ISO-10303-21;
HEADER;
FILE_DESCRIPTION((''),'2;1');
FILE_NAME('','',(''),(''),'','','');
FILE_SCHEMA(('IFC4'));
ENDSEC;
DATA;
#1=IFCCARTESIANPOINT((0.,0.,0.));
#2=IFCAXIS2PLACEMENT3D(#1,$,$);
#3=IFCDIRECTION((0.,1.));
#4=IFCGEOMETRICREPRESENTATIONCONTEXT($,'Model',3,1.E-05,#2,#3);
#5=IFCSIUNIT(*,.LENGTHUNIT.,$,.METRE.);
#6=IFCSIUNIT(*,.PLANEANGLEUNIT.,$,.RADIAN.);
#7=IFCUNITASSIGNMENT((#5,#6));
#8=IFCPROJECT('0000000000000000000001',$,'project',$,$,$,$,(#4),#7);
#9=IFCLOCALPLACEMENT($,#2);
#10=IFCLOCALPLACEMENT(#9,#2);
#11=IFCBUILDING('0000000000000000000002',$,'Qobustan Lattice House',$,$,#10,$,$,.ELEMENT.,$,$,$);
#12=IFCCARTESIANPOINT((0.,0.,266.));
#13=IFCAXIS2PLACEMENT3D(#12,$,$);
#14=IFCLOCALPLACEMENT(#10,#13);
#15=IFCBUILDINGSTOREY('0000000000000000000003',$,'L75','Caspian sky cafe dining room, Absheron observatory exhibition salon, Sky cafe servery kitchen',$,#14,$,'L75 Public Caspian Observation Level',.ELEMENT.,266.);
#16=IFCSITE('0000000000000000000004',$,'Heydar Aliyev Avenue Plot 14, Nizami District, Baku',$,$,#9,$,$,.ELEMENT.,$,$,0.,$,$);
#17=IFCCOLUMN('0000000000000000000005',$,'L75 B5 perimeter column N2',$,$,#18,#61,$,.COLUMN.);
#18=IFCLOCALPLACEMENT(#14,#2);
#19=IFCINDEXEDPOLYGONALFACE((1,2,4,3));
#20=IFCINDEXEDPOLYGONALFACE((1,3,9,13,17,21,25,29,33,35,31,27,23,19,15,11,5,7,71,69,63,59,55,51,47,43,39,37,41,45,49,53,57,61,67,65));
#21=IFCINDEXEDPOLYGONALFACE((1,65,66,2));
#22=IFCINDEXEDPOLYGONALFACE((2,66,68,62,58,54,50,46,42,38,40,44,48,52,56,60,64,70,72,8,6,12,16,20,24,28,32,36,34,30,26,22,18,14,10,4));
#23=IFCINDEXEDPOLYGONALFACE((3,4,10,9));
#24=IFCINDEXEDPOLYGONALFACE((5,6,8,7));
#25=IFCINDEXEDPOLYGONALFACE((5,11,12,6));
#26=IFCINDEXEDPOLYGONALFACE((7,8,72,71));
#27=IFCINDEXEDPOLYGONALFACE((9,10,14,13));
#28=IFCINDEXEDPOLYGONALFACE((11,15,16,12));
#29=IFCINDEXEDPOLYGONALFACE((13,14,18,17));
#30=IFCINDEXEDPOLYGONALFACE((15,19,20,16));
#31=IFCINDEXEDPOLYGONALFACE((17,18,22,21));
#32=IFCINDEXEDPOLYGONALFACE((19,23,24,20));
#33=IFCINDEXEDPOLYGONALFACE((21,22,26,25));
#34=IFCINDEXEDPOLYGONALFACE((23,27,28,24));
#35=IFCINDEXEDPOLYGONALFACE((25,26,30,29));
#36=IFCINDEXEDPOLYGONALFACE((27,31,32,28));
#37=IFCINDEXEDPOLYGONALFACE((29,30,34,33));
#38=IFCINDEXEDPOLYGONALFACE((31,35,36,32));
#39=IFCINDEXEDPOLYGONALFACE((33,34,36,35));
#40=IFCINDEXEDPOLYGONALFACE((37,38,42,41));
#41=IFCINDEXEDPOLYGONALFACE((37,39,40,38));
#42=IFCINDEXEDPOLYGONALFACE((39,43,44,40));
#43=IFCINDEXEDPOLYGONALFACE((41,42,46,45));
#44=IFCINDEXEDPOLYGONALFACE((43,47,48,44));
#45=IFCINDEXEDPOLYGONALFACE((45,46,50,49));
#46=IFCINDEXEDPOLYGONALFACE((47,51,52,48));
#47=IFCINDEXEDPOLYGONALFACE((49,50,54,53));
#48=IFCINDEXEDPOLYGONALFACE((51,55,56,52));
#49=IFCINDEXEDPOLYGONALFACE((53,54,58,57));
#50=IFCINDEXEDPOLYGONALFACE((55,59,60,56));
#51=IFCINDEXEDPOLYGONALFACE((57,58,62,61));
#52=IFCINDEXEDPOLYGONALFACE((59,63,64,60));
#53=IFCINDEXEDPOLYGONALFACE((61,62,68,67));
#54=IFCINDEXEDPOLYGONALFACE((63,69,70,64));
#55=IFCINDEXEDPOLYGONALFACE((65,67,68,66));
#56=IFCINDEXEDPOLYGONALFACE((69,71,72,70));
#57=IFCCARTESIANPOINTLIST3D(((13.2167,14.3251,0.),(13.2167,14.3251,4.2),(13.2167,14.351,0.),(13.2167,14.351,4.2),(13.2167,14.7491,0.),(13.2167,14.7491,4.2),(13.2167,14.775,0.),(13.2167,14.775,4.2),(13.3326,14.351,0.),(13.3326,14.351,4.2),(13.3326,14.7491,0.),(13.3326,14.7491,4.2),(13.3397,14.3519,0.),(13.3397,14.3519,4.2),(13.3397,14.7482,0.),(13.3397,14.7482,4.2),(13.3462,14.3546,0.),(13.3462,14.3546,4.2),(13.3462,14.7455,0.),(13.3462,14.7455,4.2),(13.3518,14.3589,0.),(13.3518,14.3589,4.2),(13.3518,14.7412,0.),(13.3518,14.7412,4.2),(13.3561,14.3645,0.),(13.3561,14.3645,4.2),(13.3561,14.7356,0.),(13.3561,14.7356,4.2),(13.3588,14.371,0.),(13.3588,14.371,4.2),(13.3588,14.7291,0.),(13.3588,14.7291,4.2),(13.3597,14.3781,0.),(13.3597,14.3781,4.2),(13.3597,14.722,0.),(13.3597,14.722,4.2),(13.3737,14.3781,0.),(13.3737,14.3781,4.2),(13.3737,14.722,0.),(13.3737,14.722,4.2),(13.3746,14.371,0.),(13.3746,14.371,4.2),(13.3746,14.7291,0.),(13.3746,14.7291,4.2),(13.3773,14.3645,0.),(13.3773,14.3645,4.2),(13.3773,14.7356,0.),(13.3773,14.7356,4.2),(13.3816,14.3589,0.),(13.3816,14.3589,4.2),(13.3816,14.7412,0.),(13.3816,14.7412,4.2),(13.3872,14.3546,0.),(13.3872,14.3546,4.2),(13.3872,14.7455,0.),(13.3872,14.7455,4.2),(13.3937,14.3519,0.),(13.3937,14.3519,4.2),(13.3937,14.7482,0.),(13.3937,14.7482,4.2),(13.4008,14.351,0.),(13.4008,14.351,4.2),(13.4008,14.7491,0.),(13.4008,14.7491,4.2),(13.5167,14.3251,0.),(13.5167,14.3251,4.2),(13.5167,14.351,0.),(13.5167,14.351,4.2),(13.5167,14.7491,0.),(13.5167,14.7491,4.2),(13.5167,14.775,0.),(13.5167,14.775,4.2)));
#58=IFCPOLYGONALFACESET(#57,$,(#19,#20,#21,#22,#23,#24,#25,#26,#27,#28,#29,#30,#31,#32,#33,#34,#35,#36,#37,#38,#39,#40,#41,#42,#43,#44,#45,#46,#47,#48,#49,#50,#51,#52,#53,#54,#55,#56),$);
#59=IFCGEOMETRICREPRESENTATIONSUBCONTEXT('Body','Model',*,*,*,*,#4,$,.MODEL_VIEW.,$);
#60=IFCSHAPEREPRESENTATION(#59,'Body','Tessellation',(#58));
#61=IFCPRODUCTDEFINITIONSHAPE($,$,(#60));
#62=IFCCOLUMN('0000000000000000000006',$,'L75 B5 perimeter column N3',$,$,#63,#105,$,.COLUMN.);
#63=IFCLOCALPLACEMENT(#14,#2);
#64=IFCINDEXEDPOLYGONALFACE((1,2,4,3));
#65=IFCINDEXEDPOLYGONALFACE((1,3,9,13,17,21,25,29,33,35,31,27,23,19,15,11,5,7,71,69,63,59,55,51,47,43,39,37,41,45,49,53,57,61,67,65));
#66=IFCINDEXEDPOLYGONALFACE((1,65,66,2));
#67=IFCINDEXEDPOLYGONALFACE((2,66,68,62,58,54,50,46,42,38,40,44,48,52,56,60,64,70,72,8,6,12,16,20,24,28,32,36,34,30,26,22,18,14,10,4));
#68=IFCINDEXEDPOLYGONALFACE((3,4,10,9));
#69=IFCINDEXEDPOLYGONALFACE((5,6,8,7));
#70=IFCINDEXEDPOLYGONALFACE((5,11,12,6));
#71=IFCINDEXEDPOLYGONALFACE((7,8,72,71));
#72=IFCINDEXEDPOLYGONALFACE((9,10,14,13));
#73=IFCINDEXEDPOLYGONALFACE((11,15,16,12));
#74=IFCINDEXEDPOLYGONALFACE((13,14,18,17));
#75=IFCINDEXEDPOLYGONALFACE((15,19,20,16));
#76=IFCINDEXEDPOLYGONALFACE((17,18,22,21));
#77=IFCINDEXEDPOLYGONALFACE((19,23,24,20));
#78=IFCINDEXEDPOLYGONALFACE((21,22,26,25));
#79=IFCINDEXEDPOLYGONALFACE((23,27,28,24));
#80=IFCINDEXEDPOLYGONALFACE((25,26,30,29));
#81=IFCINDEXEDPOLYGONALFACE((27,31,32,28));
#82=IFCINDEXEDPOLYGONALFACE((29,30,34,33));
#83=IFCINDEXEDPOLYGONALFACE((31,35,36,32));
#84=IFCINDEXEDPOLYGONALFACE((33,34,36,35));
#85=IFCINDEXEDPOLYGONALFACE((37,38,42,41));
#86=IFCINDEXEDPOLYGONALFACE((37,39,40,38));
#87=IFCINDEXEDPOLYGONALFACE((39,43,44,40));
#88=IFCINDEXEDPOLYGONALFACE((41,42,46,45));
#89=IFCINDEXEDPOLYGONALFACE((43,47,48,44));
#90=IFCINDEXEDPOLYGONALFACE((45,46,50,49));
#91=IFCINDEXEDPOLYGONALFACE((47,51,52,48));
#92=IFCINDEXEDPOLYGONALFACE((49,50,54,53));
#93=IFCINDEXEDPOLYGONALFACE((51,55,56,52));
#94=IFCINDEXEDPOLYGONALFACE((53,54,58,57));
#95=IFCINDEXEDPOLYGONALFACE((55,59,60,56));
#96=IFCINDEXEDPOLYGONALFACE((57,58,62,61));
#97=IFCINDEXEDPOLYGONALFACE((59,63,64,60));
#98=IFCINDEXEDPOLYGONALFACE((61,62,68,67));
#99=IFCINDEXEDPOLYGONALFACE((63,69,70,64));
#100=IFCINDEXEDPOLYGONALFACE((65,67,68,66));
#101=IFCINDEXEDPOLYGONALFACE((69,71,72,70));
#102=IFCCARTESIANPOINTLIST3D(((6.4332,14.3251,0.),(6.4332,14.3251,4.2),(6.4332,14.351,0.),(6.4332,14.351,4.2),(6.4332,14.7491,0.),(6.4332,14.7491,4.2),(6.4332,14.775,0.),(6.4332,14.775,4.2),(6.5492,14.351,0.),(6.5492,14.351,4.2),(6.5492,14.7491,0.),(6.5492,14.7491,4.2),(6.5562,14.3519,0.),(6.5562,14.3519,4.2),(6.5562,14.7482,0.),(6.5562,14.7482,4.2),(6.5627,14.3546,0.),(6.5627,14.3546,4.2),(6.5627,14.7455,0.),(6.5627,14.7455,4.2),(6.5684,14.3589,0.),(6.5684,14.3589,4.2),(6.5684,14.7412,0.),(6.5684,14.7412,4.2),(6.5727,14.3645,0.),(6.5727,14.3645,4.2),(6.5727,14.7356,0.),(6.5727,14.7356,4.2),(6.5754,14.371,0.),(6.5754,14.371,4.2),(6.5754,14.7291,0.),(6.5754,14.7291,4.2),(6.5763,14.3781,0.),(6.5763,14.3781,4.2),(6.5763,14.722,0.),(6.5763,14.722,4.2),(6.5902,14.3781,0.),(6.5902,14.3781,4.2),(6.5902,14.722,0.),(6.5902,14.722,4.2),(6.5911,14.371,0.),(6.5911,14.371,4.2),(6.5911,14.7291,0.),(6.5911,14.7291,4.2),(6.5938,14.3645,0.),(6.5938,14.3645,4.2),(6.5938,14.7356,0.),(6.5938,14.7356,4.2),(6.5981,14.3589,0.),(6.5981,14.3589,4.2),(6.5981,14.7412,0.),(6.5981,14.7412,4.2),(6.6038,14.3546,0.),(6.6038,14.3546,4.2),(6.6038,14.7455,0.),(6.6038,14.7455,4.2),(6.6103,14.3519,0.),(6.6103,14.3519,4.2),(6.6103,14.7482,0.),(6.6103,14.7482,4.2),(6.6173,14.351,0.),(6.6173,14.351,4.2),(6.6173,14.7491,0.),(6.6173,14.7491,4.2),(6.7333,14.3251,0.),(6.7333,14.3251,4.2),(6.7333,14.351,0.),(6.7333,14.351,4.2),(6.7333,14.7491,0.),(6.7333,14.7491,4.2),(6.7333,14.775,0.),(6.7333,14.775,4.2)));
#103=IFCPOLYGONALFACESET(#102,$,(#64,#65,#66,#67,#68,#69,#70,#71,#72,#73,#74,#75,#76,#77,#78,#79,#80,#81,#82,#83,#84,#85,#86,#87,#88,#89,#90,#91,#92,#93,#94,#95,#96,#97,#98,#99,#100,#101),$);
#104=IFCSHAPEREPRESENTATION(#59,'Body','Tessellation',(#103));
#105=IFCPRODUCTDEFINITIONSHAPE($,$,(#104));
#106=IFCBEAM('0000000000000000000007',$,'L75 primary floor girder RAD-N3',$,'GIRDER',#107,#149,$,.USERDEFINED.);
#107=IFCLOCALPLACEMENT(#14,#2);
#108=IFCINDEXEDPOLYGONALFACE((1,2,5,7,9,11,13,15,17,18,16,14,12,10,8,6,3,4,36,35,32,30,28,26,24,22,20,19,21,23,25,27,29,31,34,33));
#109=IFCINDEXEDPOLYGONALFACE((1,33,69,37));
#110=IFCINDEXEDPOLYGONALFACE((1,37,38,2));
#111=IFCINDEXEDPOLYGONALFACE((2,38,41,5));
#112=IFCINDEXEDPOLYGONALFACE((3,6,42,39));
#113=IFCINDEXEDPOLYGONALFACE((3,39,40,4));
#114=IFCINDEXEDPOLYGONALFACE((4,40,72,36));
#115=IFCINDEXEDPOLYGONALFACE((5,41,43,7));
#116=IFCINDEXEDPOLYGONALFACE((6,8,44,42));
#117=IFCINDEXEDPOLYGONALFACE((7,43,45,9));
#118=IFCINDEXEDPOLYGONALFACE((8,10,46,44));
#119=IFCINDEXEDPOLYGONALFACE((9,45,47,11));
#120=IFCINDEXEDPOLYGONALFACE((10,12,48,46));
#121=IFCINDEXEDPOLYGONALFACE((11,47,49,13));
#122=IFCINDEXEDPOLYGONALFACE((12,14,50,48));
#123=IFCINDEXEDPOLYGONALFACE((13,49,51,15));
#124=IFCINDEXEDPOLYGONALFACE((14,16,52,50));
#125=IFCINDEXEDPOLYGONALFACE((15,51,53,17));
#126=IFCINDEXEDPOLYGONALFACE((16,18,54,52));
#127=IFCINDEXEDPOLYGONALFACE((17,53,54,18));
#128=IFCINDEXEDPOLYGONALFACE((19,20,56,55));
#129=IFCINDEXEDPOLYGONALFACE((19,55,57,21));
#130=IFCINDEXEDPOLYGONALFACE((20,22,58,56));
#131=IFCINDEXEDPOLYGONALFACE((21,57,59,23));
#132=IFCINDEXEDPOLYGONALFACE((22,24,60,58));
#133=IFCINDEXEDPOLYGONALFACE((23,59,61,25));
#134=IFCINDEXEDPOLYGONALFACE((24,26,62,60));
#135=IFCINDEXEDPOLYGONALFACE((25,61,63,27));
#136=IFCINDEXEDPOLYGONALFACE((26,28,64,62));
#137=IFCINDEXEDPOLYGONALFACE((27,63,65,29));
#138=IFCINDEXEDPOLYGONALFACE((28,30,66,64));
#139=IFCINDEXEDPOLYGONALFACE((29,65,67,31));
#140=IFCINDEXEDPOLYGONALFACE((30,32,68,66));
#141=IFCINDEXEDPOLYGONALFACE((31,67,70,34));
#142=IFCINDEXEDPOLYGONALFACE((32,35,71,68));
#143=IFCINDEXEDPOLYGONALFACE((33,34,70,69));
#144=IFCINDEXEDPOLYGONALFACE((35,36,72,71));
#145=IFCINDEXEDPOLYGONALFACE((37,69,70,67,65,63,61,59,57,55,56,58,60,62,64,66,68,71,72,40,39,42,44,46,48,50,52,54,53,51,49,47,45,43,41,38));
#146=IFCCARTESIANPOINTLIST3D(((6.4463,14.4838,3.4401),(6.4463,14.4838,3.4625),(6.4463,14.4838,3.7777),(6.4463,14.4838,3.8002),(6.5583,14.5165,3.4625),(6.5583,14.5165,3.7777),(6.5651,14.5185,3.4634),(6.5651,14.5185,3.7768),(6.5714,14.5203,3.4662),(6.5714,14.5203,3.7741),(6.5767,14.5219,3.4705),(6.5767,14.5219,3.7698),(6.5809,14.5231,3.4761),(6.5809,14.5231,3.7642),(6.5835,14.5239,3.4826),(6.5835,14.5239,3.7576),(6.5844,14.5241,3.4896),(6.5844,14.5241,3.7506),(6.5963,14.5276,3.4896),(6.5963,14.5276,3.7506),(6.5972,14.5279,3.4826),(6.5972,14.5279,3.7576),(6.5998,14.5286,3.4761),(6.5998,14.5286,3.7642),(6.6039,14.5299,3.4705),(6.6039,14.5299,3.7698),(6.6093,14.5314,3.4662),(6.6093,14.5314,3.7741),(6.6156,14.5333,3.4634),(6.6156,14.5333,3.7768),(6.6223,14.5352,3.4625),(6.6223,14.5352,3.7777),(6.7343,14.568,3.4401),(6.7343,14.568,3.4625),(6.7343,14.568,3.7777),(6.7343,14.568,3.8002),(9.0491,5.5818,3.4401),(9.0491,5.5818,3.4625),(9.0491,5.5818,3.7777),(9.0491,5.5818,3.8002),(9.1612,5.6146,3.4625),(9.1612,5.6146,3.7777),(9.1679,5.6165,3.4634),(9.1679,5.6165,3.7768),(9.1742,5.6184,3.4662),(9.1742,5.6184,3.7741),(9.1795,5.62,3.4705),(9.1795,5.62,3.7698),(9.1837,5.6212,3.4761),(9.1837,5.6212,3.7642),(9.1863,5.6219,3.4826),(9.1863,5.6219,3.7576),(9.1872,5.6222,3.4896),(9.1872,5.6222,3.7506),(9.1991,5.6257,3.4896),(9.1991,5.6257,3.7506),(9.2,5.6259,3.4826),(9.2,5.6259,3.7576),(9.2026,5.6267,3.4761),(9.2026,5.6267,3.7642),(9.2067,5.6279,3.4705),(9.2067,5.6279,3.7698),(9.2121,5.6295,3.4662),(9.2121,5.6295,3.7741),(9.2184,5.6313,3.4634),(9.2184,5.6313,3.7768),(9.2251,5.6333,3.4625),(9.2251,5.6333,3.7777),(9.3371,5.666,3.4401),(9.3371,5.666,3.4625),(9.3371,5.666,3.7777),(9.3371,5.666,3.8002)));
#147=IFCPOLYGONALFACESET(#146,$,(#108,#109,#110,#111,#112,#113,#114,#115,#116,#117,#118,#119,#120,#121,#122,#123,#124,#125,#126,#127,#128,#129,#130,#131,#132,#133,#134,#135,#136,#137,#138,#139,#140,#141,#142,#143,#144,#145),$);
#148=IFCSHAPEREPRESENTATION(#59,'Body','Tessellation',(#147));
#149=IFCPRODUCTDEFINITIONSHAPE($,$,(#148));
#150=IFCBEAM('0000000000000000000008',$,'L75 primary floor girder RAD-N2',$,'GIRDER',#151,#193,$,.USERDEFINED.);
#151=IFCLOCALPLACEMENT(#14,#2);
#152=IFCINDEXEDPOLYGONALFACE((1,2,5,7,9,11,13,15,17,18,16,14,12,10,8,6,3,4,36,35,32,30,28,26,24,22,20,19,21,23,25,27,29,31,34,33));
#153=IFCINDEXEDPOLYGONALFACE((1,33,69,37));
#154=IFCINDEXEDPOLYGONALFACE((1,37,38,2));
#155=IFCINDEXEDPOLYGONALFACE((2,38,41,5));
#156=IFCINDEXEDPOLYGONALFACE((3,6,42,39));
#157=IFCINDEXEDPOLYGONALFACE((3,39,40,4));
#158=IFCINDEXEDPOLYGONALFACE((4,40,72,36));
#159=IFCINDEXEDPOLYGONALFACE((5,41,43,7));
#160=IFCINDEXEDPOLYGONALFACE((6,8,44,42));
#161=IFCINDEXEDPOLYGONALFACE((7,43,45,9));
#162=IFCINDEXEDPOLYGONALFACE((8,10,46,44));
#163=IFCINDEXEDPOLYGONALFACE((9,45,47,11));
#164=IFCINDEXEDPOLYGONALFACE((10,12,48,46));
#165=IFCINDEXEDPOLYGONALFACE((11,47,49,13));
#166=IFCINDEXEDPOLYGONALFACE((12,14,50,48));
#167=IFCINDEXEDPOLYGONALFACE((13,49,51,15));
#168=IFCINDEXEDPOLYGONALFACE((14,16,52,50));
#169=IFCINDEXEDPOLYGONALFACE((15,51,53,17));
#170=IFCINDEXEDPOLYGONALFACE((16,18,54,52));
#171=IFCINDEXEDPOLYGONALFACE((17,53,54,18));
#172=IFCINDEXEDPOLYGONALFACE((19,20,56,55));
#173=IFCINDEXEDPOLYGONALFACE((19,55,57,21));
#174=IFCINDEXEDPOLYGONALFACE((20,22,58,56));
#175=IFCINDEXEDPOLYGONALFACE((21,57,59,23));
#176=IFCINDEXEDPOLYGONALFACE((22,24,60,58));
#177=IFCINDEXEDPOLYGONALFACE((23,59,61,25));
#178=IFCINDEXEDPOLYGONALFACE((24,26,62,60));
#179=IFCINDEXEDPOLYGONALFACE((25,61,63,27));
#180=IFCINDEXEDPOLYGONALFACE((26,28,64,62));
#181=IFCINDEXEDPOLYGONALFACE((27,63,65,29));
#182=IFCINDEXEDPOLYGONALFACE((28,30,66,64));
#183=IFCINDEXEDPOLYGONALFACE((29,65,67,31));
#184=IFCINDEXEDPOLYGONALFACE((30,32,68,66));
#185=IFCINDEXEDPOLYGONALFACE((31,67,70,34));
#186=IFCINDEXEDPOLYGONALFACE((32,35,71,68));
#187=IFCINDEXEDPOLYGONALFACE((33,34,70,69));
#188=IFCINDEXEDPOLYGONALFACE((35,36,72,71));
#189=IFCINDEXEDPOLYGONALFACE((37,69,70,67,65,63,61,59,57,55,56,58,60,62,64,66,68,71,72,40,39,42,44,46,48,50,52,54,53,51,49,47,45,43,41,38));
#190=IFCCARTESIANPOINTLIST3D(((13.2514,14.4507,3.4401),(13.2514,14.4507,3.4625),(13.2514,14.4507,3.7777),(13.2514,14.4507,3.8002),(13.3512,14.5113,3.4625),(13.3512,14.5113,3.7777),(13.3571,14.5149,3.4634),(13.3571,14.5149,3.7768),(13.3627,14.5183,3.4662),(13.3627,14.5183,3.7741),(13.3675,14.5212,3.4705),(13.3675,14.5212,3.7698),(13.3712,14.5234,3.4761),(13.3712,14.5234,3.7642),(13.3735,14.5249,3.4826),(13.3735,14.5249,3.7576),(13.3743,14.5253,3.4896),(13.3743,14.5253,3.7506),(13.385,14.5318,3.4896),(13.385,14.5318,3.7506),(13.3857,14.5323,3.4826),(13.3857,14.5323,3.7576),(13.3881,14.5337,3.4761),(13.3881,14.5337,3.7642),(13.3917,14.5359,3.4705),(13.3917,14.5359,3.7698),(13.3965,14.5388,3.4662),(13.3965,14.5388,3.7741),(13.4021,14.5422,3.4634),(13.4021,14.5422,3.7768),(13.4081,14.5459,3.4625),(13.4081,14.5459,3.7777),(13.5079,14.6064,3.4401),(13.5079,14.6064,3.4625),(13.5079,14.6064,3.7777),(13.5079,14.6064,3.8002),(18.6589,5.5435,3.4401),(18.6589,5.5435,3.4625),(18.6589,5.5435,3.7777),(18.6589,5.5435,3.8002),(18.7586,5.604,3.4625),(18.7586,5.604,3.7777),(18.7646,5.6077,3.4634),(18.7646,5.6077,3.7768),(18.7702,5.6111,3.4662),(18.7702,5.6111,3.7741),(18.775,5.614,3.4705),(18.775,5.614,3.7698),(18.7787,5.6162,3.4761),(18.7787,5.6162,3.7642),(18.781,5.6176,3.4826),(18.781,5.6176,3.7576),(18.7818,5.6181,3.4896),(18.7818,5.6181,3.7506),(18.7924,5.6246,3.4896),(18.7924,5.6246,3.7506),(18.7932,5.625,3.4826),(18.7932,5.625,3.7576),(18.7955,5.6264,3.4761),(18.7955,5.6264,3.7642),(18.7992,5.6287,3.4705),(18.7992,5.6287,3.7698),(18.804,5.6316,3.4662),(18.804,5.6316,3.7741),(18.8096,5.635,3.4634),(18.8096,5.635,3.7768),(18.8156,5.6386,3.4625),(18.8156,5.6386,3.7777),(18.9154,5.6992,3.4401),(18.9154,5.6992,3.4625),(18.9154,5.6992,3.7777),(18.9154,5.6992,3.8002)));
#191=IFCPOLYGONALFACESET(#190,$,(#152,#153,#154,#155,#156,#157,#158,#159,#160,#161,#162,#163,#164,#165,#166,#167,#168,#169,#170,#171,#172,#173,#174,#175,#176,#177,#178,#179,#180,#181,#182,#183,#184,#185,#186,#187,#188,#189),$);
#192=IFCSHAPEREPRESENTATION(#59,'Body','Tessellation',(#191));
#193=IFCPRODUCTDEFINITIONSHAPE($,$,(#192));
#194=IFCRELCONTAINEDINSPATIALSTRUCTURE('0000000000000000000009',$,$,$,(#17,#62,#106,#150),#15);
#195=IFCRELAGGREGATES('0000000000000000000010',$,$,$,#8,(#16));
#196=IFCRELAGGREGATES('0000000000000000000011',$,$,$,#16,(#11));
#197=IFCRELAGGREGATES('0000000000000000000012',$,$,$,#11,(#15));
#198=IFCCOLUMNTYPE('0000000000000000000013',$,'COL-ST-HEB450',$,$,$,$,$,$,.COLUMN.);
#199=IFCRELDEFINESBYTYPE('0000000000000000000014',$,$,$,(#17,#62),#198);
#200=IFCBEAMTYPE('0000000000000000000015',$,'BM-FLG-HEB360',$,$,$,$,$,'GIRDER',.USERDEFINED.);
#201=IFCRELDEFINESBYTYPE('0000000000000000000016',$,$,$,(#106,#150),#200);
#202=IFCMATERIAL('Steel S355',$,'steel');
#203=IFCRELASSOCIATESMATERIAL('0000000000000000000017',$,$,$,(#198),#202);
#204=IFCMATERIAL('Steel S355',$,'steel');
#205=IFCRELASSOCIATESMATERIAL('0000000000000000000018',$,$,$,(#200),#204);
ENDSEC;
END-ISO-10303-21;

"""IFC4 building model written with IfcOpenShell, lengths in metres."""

from ifc_helpers import new_model, si_unit, direction, frame, origin, origin_2d, place, context, subcontext, project, spatial, i_section, extrude, material, material_profile, profile_set, type_object, element, save


model = new_model("IFC4")

# Units and contexts
model_context = context("Model", 3, precision=1e-05, world=origin(), true_north=direction((0.0, 1.0)))
body_context = subcontext(model_context, "Body", "Model", "MODEL_VIEW")
ifc_project = project(units=[si_unit("LENGTHUNIT", "METRE"), si_unit("PLANEANGLEUNIT", "RADIAN")], contexts=[model_context])

# Site, building, storey
site_placement = place(None, origin())
site = spatial("IfcSite", under=ifc_project, at=site_placement, Name="Heydar Aliyev Avenue Plot 14, Nizami District, Baku", CompositionType="ELEMENT", RefElevation=0.0)
building_placement = place(site_placement, origin())
building = spatial("IfcBuilding", under=site, at=building_placement, Name="Qobustan Lattice House", CompositionType="ELEMENT")
storey_placement = place(building_placement, frame((0.0, 0.0, 266.0)))
storey = spatial("IfcBuildingStorey", under=building, at=storey_placement, Name="L75", Description="Caspian sky cafe dining room, Absheron observatory exhibition salon, Sky cafe servery kitchen", LongName="L75 Public Caspian Observation Level", CompositionType="ELEMENT", Elevation=266.0)

# Columns
ifc_material_1 = material(Name="Steel S355", Category="steel")
ifc_material_profile_1 = material_profile(ifc_material_1, i_section(OverallWidth=0.3, OverallDepth=0.45, WebThickness=0.0139, FlangeThickness=0.0259, FilletRadius=0.0271, at=origin_2d()), Name="HEB450")
ifc_profile_set_1 = profile_set([ifc_material_profile_1], Name="Steel S355")
column_type = type_object("IfcColumnType", Name="COL-ST-HEB450", PredefinedType="COLUMN", material=ifc_profile_set_1)
for number, where, z_axis, x_axis, name in (
    (1, (13.3667, 14.55, 0.0), (0.0, 0.0, 1.0), (1.0, 0.0, 0.0), "L75 B5 perimeter column N2"),
    (2, (6.5833, 14.55, 0.0), (0.0, 0.0, 1.0), (1.0, 0.0, 0.0), "L75 B5 perimeter column N3"),
):
    element("IfcColumn", number, at=place(storey_placement, frame(where, z_axis=z_axis, x_axis=x_axis)), inside=storey, type_object=column_type, Name=name, PredefinedType="COLUMN", context=body_context, shape_type="SweptSolid", body=[
        extrude(i_section(OverallWidth=0.3, OverallDepth=0.45, WebThickness=0.0139, FlangeThickness=0.0259, FilletRadius=0.0271, at=origin_2d()), origin(), (0.0, 0.0, 1.0), 4.2),
    ])

# Beams
ifc_material_2 = material(Name="Steel S355", Category="steel")
ifc_material_profile_2 = material_profile(ifc_material_2, i_section(OverallWidth=0.3, OverallDepth=0.3601, WebThickness=0.0125, FlangeThickness=0.0225, FilletRadius=0.0271, at=origin_2d()), Name="HEB360")
ifc_profile_set_2 = profile_set([ifc_material_profile_2], Name="Steel S355")
beam_type_1 = type_object("IfcBeamType", Name="BM-FLG-HEB360", ElementType="GIRDER", PredefinedType="USERDEFINED", material=ifc_profile_set_2)
beam_1_placement = place(storey_placement, frame((6.5903, 14.5259, 3.6201), z_axis=(0.280637, -0.959814, 0.0), x_axis=(0.959814, 0.280637, 0.0)))
element("IfcBeam", 3, at=beam_1_placement, inside=storey, type_object=beam_type_1, Name="L75 primary floor girder RAD-N3", ObjectType="GIRDER", PredefinedType="USERDEFINED", context=body_context, shape_type="SweptSolid", body=[
    extrude(i_section(OverallWidth=0.3, OverallDepth=0.3601, WebThickness=0.0125, FlangeThickness=0.0225, FilletRadius=0.0271, at=origin_2d()), origin(), (0.0, 0.0, 1.0), 9.2747),
])
beam_2_placement = place(storey_placement, frame((13.3796, 14.5286, 3.6201), z_axis=(0.518944, -0.854808, 0.0), x_axis=(0.854808, 0.518944, 0.0)))
element("IfcBeam", 4, at=beam_2_placement, inside=storey, type_object=beam_type_1, Name="L75 primary floor girder RAD-N2", ObjectType="GIRDER", PredefinedType="USERDEFINED", context=body_context, shape_type="SweptSolid", body=[
    extrude(i_section(OverallWidth=0.3, OverallDepth=0.3601, WebThickness=0.0125, FlangeThickness=0.0225, FilletRadius=0.0271, at=origin_2d()), origin(), (0.0, 0.0, 1.0), 10.4202),
])

save(model, "model.ifc")
